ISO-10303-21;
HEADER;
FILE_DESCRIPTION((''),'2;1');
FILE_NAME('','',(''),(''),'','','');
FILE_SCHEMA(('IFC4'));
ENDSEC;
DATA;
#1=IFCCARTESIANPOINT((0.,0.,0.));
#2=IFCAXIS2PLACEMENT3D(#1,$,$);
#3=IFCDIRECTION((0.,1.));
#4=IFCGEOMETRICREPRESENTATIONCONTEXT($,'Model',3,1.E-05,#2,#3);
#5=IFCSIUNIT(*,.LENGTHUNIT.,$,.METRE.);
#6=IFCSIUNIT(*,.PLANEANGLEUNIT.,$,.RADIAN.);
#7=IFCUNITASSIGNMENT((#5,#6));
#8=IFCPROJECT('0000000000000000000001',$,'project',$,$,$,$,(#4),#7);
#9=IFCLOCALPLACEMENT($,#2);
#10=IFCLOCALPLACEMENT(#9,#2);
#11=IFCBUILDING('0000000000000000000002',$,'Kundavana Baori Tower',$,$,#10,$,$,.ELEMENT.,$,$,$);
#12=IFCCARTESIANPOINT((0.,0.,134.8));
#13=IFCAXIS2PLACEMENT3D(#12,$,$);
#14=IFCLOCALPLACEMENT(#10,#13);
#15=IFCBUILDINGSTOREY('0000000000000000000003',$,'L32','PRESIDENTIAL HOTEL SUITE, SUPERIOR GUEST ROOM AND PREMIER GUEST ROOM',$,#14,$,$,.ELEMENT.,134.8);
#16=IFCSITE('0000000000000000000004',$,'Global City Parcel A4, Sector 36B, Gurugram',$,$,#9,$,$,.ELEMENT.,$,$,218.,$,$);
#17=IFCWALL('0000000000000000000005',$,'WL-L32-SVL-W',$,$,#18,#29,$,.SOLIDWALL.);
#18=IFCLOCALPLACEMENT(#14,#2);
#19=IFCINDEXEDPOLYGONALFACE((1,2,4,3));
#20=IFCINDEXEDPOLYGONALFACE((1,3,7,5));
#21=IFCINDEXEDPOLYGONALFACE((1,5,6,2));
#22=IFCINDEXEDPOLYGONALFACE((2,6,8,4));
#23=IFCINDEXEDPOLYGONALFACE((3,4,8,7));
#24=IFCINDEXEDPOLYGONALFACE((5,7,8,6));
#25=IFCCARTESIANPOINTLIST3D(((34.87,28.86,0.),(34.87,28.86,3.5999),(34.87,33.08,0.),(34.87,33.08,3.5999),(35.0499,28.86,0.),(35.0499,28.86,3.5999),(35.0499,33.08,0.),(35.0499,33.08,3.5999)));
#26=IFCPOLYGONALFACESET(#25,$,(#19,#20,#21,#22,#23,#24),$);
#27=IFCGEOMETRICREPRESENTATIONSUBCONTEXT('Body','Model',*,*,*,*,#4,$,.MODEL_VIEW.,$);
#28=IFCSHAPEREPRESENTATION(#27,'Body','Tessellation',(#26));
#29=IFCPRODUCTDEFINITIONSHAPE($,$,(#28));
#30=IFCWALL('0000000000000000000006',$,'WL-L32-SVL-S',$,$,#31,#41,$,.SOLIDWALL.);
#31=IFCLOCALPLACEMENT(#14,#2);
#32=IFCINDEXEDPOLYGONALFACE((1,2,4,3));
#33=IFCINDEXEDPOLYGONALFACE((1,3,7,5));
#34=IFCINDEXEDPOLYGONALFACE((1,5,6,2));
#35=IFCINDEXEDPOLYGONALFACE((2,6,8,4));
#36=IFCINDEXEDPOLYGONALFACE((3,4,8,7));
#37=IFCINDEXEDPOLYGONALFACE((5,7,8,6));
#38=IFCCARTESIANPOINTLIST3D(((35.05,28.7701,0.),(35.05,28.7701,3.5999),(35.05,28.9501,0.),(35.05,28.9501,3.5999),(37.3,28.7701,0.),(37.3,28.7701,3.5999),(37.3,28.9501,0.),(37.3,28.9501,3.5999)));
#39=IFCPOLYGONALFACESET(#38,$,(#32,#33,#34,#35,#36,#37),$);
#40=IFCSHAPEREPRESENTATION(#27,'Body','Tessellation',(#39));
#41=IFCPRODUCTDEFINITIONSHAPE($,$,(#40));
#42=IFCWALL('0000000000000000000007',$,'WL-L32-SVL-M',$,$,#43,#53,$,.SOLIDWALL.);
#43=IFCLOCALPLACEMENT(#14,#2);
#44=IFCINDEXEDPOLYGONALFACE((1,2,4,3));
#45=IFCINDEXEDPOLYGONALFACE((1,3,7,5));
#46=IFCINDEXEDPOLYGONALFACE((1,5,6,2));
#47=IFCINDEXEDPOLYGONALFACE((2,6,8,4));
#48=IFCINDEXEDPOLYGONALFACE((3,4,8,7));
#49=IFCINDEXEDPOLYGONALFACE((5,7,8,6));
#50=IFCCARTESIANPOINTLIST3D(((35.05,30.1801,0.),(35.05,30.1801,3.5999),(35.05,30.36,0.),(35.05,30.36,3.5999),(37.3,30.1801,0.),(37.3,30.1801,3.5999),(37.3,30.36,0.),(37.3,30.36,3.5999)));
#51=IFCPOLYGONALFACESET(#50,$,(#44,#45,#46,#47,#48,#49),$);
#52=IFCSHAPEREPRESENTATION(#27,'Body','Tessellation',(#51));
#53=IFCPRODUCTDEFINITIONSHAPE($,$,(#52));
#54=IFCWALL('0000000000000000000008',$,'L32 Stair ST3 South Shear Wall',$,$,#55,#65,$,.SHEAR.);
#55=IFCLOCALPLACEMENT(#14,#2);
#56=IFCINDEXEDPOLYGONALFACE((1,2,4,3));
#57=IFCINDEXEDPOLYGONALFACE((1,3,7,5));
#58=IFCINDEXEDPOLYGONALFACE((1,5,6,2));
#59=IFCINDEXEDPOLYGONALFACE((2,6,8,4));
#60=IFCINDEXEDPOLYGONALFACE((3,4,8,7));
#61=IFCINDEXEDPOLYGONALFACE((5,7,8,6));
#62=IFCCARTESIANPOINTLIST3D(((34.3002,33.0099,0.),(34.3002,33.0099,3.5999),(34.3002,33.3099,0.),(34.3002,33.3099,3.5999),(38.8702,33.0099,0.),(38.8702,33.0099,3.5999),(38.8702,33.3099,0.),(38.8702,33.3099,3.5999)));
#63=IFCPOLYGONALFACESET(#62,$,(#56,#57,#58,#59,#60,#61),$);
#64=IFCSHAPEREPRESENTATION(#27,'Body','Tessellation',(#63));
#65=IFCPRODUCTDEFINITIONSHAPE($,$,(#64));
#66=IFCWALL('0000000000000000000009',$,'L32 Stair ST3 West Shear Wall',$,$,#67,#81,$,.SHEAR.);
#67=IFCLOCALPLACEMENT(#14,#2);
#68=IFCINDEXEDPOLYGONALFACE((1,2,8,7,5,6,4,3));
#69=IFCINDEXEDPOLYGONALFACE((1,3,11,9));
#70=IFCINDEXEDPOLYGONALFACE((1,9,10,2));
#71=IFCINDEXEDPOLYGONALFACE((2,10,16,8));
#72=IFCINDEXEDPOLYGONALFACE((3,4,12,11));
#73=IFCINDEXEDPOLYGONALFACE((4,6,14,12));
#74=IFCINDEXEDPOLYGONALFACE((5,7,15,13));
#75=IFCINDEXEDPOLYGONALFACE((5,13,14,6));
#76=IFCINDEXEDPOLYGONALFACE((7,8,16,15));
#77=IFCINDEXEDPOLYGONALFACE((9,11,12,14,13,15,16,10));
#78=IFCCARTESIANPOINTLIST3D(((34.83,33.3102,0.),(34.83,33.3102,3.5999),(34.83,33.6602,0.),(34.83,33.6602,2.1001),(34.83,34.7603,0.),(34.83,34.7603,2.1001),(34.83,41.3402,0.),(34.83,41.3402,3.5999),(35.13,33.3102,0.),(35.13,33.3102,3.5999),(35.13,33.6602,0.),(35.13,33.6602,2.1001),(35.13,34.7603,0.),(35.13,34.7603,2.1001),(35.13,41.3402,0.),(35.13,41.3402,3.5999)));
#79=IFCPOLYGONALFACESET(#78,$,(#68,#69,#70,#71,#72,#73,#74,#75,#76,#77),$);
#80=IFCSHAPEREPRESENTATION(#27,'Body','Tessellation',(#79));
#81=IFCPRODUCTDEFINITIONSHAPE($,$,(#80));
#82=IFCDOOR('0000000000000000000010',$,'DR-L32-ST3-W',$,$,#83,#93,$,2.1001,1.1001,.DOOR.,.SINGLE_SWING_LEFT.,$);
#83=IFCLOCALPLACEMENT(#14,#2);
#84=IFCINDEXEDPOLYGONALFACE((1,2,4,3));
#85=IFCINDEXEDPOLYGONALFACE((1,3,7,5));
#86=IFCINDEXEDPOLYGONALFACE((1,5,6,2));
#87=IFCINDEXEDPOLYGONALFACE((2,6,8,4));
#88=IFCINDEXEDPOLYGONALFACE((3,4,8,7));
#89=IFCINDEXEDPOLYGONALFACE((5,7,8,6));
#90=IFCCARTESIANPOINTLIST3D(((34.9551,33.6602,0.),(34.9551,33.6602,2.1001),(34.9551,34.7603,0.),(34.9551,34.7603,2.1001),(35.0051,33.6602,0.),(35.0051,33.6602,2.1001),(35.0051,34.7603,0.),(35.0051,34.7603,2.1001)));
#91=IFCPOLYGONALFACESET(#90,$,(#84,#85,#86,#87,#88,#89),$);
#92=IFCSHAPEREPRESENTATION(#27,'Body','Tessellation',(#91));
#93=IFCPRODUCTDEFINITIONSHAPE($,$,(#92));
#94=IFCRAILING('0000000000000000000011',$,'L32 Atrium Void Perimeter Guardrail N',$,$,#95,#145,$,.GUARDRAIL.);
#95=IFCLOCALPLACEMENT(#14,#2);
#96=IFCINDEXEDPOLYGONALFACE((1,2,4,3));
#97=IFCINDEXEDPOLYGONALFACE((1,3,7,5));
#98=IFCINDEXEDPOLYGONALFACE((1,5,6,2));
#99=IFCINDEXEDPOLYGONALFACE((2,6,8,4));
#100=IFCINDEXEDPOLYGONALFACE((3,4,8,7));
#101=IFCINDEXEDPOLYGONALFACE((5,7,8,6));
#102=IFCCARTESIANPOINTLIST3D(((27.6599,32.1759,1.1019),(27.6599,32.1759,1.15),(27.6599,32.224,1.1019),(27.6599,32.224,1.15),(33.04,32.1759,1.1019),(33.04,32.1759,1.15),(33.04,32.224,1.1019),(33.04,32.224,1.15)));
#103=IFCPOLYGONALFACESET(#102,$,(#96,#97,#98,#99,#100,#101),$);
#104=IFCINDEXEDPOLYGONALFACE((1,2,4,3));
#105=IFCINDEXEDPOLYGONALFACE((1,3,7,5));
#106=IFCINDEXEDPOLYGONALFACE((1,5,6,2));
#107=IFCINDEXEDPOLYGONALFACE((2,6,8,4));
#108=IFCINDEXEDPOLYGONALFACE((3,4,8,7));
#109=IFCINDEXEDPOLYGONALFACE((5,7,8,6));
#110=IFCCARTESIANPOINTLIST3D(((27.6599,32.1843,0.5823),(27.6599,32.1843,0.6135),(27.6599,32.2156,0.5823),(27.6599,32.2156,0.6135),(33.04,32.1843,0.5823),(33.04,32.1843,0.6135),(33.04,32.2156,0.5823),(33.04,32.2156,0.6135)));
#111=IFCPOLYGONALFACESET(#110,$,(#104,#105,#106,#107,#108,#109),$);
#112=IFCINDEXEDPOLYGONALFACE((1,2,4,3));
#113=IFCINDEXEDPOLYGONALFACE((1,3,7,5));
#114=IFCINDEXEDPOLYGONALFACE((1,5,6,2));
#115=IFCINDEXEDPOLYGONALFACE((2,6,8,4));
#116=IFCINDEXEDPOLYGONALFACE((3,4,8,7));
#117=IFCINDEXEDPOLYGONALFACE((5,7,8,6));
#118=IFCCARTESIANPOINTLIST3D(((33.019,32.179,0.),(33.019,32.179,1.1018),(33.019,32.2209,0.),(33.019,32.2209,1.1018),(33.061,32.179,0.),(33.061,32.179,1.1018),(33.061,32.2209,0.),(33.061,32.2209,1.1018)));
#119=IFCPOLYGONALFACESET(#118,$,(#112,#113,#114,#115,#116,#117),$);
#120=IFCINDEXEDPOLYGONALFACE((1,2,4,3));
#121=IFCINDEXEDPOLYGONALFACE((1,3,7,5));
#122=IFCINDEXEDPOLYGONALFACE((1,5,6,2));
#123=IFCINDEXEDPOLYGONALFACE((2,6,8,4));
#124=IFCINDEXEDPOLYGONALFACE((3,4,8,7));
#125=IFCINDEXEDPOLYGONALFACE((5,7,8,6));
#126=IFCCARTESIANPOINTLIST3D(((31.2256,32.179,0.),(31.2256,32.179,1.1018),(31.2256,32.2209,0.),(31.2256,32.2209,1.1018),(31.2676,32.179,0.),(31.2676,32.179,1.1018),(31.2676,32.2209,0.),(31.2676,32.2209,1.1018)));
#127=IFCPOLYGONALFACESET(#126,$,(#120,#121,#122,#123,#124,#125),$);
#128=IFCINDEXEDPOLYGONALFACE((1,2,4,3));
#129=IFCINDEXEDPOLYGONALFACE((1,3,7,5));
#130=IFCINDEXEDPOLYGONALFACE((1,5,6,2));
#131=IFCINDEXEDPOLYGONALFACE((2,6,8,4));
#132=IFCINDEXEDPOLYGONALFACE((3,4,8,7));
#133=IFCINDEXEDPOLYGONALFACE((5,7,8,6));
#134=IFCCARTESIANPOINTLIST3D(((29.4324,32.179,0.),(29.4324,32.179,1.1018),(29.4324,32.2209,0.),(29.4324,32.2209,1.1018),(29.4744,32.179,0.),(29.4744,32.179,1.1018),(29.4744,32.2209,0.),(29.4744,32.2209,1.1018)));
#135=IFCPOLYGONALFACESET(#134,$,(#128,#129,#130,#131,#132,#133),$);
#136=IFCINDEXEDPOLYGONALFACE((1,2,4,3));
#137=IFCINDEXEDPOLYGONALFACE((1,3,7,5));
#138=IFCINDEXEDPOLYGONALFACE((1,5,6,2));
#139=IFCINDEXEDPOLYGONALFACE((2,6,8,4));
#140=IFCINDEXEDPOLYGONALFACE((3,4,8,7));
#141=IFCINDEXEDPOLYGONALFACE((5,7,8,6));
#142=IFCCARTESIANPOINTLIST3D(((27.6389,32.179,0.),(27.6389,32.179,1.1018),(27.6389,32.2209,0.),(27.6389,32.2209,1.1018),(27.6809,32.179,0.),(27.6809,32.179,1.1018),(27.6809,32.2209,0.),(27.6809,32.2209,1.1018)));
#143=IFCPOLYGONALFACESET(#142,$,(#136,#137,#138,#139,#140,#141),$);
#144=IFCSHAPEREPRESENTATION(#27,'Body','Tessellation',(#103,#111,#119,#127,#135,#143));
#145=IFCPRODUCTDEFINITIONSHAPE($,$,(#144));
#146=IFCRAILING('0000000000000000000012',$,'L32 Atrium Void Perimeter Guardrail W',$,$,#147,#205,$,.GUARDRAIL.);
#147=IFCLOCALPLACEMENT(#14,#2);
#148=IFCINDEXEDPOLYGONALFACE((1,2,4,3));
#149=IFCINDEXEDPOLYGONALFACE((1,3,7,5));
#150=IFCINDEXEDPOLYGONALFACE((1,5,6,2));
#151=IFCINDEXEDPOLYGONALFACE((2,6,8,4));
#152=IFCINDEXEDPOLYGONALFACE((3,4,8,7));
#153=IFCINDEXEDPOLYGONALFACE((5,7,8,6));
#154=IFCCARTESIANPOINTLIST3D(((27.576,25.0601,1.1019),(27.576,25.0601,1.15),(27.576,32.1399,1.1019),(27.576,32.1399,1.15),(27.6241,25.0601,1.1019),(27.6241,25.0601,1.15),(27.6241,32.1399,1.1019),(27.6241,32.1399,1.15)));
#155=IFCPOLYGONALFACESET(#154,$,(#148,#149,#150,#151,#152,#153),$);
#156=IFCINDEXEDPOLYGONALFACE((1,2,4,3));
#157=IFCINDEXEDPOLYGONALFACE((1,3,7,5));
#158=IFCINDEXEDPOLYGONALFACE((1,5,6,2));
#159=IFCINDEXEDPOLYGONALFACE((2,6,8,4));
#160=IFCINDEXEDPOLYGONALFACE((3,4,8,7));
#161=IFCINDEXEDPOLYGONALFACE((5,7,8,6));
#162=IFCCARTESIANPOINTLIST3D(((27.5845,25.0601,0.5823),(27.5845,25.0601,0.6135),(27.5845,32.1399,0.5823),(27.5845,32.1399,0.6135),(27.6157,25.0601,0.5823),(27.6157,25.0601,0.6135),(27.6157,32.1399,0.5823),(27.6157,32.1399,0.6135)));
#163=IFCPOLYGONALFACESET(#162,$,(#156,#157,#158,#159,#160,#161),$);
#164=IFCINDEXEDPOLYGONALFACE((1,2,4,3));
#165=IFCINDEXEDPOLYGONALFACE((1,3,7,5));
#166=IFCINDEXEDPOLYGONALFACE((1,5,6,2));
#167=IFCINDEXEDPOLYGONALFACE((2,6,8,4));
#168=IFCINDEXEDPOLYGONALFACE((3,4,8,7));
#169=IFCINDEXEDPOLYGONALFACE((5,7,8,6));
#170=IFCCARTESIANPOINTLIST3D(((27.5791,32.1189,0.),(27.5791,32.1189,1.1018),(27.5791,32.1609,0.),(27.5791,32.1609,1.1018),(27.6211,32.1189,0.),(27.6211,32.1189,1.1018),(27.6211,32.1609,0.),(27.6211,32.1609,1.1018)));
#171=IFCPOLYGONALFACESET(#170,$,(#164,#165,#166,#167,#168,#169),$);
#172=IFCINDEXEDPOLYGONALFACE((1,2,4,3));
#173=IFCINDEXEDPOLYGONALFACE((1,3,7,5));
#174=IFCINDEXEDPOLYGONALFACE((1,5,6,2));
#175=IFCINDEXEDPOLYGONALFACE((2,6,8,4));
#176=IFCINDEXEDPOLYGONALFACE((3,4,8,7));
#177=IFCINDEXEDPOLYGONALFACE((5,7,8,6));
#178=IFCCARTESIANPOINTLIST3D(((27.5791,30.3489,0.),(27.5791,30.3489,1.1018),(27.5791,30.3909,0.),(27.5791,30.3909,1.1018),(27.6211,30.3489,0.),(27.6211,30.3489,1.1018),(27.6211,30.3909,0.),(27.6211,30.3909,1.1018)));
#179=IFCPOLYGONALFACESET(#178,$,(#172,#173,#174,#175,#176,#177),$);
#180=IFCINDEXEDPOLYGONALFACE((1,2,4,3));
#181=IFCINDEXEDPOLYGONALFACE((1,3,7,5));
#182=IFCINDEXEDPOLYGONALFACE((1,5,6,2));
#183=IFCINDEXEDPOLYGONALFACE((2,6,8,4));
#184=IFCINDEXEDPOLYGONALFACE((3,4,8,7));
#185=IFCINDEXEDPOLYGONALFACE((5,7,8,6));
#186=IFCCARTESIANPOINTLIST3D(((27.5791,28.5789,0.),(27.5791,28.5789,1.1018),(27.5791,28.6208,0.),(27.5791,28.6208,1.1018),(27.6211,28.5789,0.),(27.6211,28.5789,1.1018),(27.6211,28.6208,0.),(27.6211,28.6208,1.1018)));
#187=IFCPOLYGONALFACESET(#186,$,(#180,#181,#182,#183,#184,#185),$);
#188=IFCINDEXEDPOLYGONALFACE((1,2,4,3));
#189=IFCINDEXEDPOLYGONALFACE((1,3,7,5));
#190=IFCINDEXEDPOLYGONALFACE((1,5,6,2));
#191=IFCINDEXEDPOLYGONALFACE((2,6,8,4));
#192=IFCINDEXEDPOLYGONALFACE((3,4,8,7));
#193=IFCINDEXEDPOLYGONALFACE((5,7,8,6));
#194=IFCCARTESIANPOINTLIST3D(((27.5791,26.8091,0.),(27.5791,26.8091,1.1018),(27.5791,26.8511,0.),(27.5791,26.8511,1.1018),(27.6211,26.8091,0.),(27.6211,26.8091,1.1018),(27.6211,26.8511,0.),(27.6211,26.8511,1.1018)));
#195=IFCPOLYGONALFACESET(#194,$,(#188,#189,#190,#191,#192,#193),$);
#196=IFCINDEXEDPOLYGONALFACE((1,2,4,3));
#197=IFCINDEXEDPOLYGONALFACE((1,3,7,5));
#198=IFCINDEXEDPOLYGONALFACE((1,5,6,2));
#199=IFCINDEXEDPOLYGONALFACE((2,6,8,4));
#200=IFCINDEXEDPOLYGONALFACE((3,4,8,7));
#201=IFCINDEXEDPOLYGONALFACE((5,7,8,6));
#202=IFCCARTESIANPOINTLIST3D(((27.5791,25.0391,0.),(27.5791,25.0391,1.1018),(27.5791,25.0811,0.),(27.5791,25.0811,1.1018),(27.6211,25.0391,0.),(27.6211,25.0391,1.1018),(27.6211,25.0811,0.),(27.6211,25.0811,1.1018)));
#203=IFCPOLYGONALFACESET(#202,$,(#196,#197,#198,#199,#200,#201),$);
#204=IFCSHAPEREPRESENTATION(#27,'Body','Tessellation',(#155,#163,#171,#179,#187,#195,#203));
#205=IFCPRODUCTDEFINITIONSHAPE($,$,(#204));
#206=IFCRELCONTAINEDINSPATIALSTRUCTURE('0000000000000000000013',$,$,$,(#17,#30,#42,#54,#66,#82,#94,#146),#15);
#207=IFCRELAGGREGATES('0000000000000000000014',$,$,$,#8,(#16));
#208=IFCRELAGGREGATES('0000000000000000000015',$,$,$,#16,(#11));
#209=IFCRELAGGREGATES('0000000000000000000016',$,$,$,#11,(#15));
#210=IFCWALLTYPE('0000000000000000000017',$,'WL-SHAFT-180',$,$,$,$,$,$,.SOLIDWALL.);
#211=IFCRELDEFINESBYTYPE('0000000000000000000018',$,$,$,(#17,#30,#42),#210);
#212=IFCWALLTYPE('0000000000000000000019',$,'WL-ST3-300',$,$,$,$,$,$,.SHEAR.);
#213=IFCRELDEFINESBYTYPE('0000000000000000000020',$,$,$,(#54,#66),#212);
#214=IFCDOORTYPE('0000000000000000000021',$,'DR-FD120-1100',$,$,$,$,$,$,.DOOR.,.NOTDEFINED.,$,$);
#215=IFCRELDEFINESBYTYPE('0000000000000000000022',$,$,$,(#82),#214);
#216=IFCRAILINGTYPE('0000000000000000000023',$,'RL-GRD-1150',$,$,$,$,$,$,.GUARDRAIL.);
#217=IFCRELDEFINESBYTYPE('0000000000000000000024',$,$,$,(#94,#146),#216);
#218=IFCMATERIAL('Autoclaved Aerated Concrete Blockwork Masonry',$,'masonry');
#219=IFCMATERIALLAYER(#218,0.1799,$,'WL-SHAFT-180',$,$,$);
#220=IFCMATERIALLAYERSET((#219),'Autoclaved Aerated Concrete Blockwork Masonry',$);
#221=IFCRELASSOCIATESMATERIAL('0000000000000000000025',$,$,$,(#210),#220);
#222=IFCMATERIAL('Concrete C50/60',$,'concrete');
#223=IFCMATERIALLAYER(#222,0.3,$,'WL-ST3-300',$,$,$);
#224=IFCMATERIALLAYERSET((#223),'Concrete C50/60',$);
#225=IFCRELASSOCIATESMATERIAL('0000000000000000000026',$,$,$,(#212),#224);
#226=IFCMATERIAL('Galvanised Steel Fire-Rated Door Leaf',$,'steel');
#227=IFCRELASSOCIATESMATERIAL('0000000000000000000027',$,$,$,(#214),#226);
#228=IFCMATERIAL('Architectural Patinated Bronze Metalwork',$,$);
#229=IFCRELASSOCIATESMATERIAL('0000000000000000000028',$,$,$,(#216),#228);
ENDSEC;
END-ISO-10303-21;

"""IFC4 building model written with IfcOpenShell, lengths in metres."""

from ifc_helpers import new_model, si_unit, direction, frame, frame_2d, origin, origin_2d, place, context, subcontext, project, spatial, rectangle, extrude, material, layer, layer_set, type_object, element, fill, save


model = new_model("IFC4")

# Units and contexts
model_context = context("Model", 3, precision=1e-05, world=origin(), true_north=direction((0.0, 1.0)))
body_context = subcontext(model_context, "Body", "Model", "MODEL_VIEW")
ifc_project = project(units=[si_unit("LENGTHUNIT", "METRE"), si_unit("PLANEANGLEUNIT", "RADIAN")], contexts=[model_context])

# Site, building, storey
site_placement = place(None, origin())
site = spatial("IfcSite", under=ifc_project, at=site_placement, Name="Global City Parcel A4, Sector 36B, Gurugram", CompositionType="ELEMENT", RefElevation=218.0)
building_placement = place(site_placement, origin())
building = spatial("IfcBuilding", under=site, at=building_placement, Name="Kundavana Baori Tower", CompositionType="ELEMENT")
storey_placement = place(building_placement, frame((0.0, 0.0, 134.8)))
storey = spatial("IfcBuildingStorey", under=building, at=storey_placement, Name="L32", Description="PRESIDENTIAL HOTEL SUITE, SUPERIOR GUEST ROOM AND PREMIER GUEST ROOM", CompositionType="ELEMENT", Elevation=134.8)

# Walls
ifc_material_1 = material(Name="Autoclaved Aerated Concrete Blockwork Masonry", Category="masonry")
ifc_layer_1 = layer(ifc_material_1, 0.1799, Name="WL-SHAFT-180")
ifc_layer_set_1 = layer_set([ifc_layer_1], Name="Autoclaved Aerated Concrete Blockwork Masonry")
wall_type_1 = type_object("IfcWallType", Name="WL-SHAFT-180", PredefinedType="SOLIDWALL", material=ifc_layer_set_1)
wall_1_placement = place(storey_placement, frame((34.96, 28.8601, 0.0), z_axis=(0.0, 0.0, 1.0), x_axis=(0.0, 1.0, 0.0)))
element("IfcWall", 1, at=wall_1_placement, inside=storey, type_object=wall_type_1, Name="WL-L32-SVL-W", PredefinedType="SOLIDWALL", context=body_context, shape_type="SweptSolid", body=[
    extrude(rectangle(XDim=4.22, YDim=0.1799, at=frame_2d((2.1099, 0.0))), origin(), (0.0, 0.0, 1.0), 3.5999),
])
for number, where, z_axis, x_axis, name in (
    (2, (35.05, 28.8601, 0.0), (0.0, 0.0, 1.0), (1.0, 0.0, 0.0), "WL-L32-SVL-S"),
    (3, (35.05, 30.27, 0.0), (0.0, 0.0, 1.0), (1.0, 0.0, 0.0), "WL-L32-SVL-M"),
):
    element("IfcWall", number, at=place(storey_placement, frame(where, z_axis=z_axis, x_axis=x_axis)), inside=storey, type_object=wall_type_1, Name=name, PredefinedType="SOLIDWALL", context=body_context, shape_type="SweptSolid", body=[
        extrude(rectangle(XDim=2.25, YDim=0.1799, at=frame_2d((1.125, 0.0))), origin(), (0.0, 0.0, 1.0), 3.5999),
    ])
ifc_material_2 = material(Name="Concrete C50/60", Category="concrete")
ifc_layer_2 = layer(ifc_material_2, 0.3, Name="WL-ST3-300")
ifc_layer_set_2 = layer_set([ifc_layer_2], Name="Concrete C50/60")
wall_type_2 = type_object("IfcWallType", Name="WL-ST3-300", PredefinedType="SHEAR", material=ifc_layer_set_2)
wall_2_placement = place(storey_placement, frame((34.3, 33.1599, 0.0), z_axis=(0.0, 0.0, 1.0), x_axis=(1.0, 0.0, 0.0)))
element("IfcWall", 4, at=wall_2_placement, inside=storey, type_object=wall_type_2, Name="L32 Stair ST3 South Shear Wall", PredefinedType="SHEAR", context=body_context, shape_type="SweptSolid", body=[
    extrude(rectangle(XDim=4.5701, YDim=0.3, at=frame_2d((2.2852, 0.0))), origin(), (0.0, 0.0, 1.0), 3.5999),
])

# Wall, opening, door
wall_3_placement = place(storey_placement, frame((34.98, 33.3101, 0.0), z_axis=(0.0, 0.0, 1.0), x_axis=(0.0, 1.0, 0.0)))
wall_3 = element("IfcWall", 5, at=wall_3_placement, inside=storey, type_object=wall_type_2, Name="L32 Stair ST3 West Shear Wall", PredefinedType="SHEAR", context=body_context, shape_type="SweptSolid", body=[
    extrude(rectangle(XDim=8.03, YDim=0.3, at=frame_2d((4.0151, 0.0))), origin(), (0.0, 0.0, 1.0), 3.5999),
])
opening_1_placement = place(wall_3_placement, frame((0.3501, 0.0, 0.0)))
opening_1 = element("IfcOpeningElement", 6, at=opening_1_placement, cuts=wall_3, PredefinedType="OPENING", context=body_context, shape_type="SweptSolid", body=[
    extrude(rectangle(XDim=1.1001, YDim=2.1001, at=frame_2d((0.55, 1.05))), frame((0.0, 0.1602, 0.0), z_axis=(0.0, -1.0, 0.0), x_axis=(1.0, 0.0, 0.0)), (0.0, 0.0, 1.0), 0.3201),
])
ifc_material_3 = material(Name="Galvanised Steel Fire-Rated Door Leaf", Category="steel")
door_type_1 = type_object("IfcDoorType", Name="DR-FD120-1100", OperationType="NOTDEFINED", PredefinedType="DOOR", material=ifc_material_3)
door_1_placement = place(opening_1_placement, origin())
door_1 = element("IfcDoor", 7, at=door_1_placement, inside=storey, type_object=door_type_1, Name="DR-L32-ST3-W", OperationType="SINGLE_SWING_LEFT", OverallHeight=2.1001, OverallWidth=1.1001, PredefinedType="DOOR", context=body_context, shape_type="SweptSolid", body=[
    extrude(rectangle(XDim=1.1001, YDim=2.1001, at=frame_2d((0.55, 1.05))), frame((0.0, 0.0249, 0.0), z_axis=(0.0, -1.0, 0.0), x_axis=(1.0, 0.0, 0.0)), (0.0, 0.0, 1.0), 0.05),
])
fill(opening_1, door_1)

# Railings
ifc_material_4 = material(Name="Architectural Patinated Bronze Metalwork")
railing_type = type_object("IfcRailingType", Name="RL-GRD-1150", PredefinedType="GUARDRAIL", material=ifc_material_4)
railing_1_placement = place(storey_placement, frame((33.04, 32.2, 0.0)))
element("IfcRailing", 8, at=railing_1_placement, inside=storey, type_object=railing_type, Name="L32 Atrium Void Perimeter Guardrail N", PredefinedType="GUARDRAIL", context=body_context, shape_type="SweptSolid", body=[
    extrude(rectangle(XDim=0.0481, YDim=0.0481, at=origin_2d()), frame((0.0, 0.0, 1.126), z_axis=(-1.0, 0.0, 0.0), x_axis=(0.0, -1.0, 0.0)), (0.0, 0.0, 1.0), 5.3801),
    extrude(rectangle(XDim=0.0312, YDim=0.0312, at=origin_2d()), frame((0.0, 0.0, 0.5979), z_axis=(-1.0, 0.0, 0.0), x_axis=(0.0, -1.0, 0.0)), (0.0, 0.0, 1.0), 5.3801),
    extrude(rectangle(XDim=0.042, YDim=0.042, at=origin_2d()), origin(), (0.0, 0.0, 1.0), 1.1018),
    extrude(rectangle(XDim=0.042, YDim=0.042, at=origin_2d()), frame((-1.7935, 0.0, 0.0)), (0.0, 0.0, 1.0), 1.1018),
    extrude(rectangle(XDim=0.042, YDim=0.042, at=origin_2d()), frame((-3.5867, 0.0, 0.0)), (0.0, 0.0, 1.0), 1.1018),
    extrude(rectangle(XDim=0.042, YDim=0.042, at=origin_2d()), frame((-5.3801, 0.0, 0.0)), (0.0, 0.0, 1.0), 1.1018),
])
railing_2_placement = place(storey_placement, frame((27.6001, 32.1399, 0.0)))
element("IfcRailing", 9, at=railing_2_placement, inside=storey, type_object=railing_type, Name="L32 Atrium Void Perimeter Guardrail W", PredefinedType="GUARDRAIL", context=body_context, shape_type="SweptSolid", body=[
    extrude(rectangle(XDim=0.0481, YDim=0.0481, at=origin_2d()), frame((0.0, 0.0, 1.126), z_axis=(0.0, -1.0, 0.0), x_axis=(1.0, 0.0, 0.0)), (0.0, 0.0, 1.0), 7.0798),
    extrude(rectangle(XDim=0.0312, YDim=0.0312, at=origin_2d()), frame((0.0, 0.0, 0.5979), z_axis=(0.0, -1.0, 0.0), x_axis=(1.0, 0.0, 0.0)), (0.0, 0.0, 1.0), 7.0798),
    extrude(rectangle(XDim=0.042, YDim=0.042, at=origin_2d()), origin(), (0.0, 0.0, 1.0), 1.1018),
    extrude(rectangle(XDim=0.042, YDim=0.042, at=origin_2d()), frame((0.0, -1.77, 0.0)), (0.0, 0.0, 1.0), 1.1018),
    extrude(rectangle(XDim=0.042, YDim=0.042, at=origin_2d()), frame((0.0, -3.54, 0.0)), (0.0, 0.0, 1.0), 1.1018),
    extrude(rectangle(XDim=0.042, YDim=0.042, at=origin_2d()), frame((0.0, -5.3098, 0.0)), (0.0, 0.0, 1.0), 1.1018),
    extrude(rectangle(XDim=0.042, YDim=0.042, at=origin_2d()), frame((0.0, -7.0798, 0.0)), (0.0, 0.0, 1.0), 1.1018),
])

save(model, "model.ifc")
